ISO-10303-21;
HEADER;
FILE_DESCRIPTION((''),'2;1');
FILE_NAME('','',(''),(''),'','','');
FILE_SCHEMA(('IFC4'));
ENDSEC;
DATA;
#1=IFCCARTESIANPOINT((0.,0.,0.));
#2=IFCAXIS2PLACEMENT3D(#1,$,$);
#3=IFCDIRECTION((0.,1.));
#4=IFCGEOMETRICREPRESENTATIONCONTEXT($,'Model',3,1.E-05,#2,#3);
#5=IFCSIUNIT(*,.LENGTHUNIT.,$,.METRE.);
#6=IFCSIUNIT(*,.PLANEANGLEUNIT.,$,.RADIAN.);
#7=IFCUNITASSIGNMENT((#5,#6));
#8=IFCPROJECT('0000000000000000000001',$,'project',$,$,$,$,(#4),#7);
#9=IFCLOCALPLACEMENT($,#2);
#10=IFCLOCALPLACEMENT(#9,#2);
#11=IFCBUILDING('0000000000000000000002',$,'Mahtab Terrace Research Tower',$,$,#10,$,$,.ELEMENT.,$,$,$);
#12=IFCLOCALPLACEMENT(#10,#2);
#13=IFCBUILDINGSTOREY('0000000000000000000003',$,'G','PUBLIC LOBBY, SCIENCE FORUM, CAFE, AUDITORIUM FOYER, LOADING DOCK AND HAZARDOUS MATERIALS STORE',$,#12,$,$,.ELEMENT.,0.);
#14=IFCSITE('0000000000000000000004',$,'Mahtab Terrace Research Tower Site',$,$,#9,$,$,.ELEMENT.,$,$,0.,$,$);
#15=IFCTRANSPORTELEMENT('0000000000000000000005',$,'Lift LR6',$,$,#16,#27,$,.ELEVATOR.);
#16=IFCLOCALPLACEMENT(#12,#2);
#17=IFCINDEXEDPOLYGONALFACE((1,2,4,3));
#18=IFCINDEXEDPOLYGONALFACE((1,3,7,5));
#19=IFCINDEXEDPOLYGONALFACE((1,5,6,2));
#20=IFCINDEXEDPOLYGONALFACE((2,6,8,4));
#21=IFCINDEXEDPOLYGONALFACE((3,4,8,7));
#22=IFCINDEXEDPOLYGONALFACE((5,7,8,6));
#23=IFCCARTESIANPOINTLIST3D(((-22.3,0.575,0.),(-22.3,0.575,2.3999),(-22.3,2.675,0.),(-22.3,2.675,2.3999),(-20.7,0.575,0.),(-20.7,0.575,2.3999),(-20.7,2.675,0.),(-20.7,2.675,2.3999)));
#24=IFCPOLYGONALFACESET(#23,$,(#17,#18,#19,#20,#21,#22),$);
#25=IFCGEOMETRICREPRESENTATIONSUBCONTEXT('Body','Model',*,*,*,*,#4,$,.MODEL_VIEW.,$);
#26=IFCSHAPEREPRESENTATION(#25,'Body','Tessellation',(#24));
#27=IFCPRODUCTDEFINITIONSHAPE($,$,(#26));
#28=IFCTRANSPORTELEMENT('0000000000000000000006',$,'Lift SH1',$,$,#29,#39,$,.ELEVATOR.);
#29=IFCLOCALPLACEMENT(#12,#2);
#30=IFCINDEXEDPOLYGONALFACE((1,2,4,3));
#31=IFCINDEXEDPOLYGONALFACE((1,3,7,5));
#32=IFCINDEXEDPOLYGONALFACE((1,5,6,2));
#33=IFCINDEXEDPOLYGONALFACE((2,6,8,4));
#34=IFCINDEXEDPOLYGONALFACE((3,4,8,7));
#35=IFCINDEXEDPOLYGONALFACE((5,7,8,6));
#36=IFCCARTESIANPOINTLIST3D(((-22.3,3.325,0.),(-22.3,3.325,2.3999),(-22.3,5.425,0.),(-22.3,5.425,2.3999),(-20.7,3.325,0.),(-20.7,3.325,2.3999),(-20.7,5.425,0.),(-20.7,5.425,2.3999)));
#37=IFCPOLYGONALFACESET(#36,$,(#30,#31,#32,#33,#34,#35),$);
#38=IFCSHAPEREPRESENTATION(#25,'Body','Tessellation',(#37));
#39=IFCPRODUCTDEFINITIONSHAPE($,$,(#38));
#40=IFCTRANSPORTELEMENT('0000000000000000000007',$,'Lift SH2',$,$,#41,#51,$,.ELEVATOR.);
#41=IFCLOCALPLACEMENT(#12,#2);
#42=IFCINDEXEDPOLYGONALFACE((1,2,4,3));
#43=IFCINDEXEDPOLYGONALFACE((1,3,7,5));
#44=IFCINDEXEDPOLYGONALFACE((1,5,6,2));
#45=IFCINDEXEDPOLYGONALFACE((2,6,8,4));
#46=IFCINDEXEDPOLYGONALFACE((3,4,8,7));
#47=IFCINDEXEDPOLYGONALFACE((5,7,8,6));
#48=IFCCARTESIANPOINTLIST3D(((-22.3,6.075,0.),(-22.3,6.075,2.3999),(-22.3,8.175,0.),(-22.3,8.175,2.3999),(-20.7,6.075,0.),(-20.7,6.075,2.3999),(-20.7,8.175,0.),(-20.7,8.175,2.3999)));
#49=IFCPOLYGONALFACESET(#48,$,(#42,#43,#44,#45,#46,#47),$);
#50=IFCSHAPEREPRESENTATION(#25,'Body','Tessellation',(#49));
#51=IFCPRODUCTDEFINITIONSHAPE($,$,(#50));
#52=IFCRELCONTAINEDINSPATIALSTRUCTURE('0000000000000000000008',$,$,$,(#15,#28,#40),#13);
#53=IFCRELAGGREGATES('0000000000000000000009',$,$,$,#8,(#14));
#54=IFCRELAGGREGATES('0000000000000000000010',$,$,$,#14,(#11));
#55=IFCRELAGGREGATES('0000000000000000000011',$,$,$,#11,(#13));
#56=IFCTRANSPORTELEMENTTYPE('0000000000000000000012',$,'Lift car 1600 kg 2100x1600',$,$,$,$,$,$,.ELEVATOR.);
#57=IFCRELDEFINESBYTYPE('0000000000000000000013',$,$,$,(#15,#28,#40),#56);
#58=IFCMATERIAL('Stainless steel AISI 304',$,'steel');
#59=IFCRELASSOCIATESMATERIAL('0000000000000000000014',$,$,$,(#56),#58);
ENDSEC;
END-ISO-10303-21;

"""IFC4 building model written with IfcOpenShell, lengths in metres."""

from ifc_helpers import new_model, si_unit, direction, frame, origin, origin_2d, place, context, subcontext, project, spatial, rectangle, extrude, material, type_object, element, save


model = new_model("IFC4")

# Units and contexts
model_context = context("Model", 3, precision=1e-05, world=origin(), true_north=direction((0.0, 1.0)))
body_context = subcontext(model_context, "Body", "Model", "MODEL_VIEW")
ifc_project = project(units=[si_unit("LENGTHUNIT", "METRE"), si_unit("PLANEANGLEUNIT", "RADIAN")], contexts=[model_context])

# Site, building, storey
site_placement = place(None, origin())
site = spatial("IfcSite", under=ifc_project, at=site_placement, Name="Mahtab Terrace Research Tower Site", CompositionType="ELEMENT", RefElevation=0.0)
building_placement = place(site_placement, origin())
building = spatial("IfcBuilding", under=site, at=building_placement, Name="Mahtab Terrace Research Tower", CompositionType="ELEMENT")
storey_placement = place(building_placement, origin())
storey = spatial("IfcBuildingStorey", under=building, at=storey_placement, Name="G", Description="PUBLIC LOBBY, SCIENCE FORUM, CAFE, AUDITORIUM FOYER, LOADING DOCK AND HAZARDOUS MATERIALS STORE", CompositionType="ELEMENT", Elevation=0.0)

# Transport elements
ifc_material_1 = material(Name="Stainless steel AISI 304", Category="steel")
transport_element_type = type_object("IfcTransportElementType", Name="Lift car 1600 kg 2100x1600", PredefinedType="ELEVATOR", material=ifc_material_1)
for number, where, z_axis, x_axis, name in (
    (1, (-21.5, 1.625, 0.0), (0.0, 0.0, 1.0), (1.0, 0.0, 0.0), "Lift LR6"),
    (2, (-21.5, 4.375, 0.0), (0.0, 0.0, 1.0), (1.0, 0.0, 0.0), "Lift SH1"),
    (3, (-21.5, 7.125, 0.0), (0.0, 0.0, 1.0), (1.0, 0.0, 0.0), "Lift SH2"),
):
    element("IfcTransportElement", number, at=place(storey_placement, frame(where, z_axis=z_axis, x_axis=x_axis)), inside=storey, type_object=transport_element_type, Name=name, PredefinedType="ELEVATOR", context=body_context, shape_type="SweptSolid", body=[
        extrude(rectangle(XDim=1.6001, YDim=2.1001, at=origin_2d()), origin(), (0.0, 0.0, 1.0), 2.3999),
    ])

save(model, "model.ifc")
